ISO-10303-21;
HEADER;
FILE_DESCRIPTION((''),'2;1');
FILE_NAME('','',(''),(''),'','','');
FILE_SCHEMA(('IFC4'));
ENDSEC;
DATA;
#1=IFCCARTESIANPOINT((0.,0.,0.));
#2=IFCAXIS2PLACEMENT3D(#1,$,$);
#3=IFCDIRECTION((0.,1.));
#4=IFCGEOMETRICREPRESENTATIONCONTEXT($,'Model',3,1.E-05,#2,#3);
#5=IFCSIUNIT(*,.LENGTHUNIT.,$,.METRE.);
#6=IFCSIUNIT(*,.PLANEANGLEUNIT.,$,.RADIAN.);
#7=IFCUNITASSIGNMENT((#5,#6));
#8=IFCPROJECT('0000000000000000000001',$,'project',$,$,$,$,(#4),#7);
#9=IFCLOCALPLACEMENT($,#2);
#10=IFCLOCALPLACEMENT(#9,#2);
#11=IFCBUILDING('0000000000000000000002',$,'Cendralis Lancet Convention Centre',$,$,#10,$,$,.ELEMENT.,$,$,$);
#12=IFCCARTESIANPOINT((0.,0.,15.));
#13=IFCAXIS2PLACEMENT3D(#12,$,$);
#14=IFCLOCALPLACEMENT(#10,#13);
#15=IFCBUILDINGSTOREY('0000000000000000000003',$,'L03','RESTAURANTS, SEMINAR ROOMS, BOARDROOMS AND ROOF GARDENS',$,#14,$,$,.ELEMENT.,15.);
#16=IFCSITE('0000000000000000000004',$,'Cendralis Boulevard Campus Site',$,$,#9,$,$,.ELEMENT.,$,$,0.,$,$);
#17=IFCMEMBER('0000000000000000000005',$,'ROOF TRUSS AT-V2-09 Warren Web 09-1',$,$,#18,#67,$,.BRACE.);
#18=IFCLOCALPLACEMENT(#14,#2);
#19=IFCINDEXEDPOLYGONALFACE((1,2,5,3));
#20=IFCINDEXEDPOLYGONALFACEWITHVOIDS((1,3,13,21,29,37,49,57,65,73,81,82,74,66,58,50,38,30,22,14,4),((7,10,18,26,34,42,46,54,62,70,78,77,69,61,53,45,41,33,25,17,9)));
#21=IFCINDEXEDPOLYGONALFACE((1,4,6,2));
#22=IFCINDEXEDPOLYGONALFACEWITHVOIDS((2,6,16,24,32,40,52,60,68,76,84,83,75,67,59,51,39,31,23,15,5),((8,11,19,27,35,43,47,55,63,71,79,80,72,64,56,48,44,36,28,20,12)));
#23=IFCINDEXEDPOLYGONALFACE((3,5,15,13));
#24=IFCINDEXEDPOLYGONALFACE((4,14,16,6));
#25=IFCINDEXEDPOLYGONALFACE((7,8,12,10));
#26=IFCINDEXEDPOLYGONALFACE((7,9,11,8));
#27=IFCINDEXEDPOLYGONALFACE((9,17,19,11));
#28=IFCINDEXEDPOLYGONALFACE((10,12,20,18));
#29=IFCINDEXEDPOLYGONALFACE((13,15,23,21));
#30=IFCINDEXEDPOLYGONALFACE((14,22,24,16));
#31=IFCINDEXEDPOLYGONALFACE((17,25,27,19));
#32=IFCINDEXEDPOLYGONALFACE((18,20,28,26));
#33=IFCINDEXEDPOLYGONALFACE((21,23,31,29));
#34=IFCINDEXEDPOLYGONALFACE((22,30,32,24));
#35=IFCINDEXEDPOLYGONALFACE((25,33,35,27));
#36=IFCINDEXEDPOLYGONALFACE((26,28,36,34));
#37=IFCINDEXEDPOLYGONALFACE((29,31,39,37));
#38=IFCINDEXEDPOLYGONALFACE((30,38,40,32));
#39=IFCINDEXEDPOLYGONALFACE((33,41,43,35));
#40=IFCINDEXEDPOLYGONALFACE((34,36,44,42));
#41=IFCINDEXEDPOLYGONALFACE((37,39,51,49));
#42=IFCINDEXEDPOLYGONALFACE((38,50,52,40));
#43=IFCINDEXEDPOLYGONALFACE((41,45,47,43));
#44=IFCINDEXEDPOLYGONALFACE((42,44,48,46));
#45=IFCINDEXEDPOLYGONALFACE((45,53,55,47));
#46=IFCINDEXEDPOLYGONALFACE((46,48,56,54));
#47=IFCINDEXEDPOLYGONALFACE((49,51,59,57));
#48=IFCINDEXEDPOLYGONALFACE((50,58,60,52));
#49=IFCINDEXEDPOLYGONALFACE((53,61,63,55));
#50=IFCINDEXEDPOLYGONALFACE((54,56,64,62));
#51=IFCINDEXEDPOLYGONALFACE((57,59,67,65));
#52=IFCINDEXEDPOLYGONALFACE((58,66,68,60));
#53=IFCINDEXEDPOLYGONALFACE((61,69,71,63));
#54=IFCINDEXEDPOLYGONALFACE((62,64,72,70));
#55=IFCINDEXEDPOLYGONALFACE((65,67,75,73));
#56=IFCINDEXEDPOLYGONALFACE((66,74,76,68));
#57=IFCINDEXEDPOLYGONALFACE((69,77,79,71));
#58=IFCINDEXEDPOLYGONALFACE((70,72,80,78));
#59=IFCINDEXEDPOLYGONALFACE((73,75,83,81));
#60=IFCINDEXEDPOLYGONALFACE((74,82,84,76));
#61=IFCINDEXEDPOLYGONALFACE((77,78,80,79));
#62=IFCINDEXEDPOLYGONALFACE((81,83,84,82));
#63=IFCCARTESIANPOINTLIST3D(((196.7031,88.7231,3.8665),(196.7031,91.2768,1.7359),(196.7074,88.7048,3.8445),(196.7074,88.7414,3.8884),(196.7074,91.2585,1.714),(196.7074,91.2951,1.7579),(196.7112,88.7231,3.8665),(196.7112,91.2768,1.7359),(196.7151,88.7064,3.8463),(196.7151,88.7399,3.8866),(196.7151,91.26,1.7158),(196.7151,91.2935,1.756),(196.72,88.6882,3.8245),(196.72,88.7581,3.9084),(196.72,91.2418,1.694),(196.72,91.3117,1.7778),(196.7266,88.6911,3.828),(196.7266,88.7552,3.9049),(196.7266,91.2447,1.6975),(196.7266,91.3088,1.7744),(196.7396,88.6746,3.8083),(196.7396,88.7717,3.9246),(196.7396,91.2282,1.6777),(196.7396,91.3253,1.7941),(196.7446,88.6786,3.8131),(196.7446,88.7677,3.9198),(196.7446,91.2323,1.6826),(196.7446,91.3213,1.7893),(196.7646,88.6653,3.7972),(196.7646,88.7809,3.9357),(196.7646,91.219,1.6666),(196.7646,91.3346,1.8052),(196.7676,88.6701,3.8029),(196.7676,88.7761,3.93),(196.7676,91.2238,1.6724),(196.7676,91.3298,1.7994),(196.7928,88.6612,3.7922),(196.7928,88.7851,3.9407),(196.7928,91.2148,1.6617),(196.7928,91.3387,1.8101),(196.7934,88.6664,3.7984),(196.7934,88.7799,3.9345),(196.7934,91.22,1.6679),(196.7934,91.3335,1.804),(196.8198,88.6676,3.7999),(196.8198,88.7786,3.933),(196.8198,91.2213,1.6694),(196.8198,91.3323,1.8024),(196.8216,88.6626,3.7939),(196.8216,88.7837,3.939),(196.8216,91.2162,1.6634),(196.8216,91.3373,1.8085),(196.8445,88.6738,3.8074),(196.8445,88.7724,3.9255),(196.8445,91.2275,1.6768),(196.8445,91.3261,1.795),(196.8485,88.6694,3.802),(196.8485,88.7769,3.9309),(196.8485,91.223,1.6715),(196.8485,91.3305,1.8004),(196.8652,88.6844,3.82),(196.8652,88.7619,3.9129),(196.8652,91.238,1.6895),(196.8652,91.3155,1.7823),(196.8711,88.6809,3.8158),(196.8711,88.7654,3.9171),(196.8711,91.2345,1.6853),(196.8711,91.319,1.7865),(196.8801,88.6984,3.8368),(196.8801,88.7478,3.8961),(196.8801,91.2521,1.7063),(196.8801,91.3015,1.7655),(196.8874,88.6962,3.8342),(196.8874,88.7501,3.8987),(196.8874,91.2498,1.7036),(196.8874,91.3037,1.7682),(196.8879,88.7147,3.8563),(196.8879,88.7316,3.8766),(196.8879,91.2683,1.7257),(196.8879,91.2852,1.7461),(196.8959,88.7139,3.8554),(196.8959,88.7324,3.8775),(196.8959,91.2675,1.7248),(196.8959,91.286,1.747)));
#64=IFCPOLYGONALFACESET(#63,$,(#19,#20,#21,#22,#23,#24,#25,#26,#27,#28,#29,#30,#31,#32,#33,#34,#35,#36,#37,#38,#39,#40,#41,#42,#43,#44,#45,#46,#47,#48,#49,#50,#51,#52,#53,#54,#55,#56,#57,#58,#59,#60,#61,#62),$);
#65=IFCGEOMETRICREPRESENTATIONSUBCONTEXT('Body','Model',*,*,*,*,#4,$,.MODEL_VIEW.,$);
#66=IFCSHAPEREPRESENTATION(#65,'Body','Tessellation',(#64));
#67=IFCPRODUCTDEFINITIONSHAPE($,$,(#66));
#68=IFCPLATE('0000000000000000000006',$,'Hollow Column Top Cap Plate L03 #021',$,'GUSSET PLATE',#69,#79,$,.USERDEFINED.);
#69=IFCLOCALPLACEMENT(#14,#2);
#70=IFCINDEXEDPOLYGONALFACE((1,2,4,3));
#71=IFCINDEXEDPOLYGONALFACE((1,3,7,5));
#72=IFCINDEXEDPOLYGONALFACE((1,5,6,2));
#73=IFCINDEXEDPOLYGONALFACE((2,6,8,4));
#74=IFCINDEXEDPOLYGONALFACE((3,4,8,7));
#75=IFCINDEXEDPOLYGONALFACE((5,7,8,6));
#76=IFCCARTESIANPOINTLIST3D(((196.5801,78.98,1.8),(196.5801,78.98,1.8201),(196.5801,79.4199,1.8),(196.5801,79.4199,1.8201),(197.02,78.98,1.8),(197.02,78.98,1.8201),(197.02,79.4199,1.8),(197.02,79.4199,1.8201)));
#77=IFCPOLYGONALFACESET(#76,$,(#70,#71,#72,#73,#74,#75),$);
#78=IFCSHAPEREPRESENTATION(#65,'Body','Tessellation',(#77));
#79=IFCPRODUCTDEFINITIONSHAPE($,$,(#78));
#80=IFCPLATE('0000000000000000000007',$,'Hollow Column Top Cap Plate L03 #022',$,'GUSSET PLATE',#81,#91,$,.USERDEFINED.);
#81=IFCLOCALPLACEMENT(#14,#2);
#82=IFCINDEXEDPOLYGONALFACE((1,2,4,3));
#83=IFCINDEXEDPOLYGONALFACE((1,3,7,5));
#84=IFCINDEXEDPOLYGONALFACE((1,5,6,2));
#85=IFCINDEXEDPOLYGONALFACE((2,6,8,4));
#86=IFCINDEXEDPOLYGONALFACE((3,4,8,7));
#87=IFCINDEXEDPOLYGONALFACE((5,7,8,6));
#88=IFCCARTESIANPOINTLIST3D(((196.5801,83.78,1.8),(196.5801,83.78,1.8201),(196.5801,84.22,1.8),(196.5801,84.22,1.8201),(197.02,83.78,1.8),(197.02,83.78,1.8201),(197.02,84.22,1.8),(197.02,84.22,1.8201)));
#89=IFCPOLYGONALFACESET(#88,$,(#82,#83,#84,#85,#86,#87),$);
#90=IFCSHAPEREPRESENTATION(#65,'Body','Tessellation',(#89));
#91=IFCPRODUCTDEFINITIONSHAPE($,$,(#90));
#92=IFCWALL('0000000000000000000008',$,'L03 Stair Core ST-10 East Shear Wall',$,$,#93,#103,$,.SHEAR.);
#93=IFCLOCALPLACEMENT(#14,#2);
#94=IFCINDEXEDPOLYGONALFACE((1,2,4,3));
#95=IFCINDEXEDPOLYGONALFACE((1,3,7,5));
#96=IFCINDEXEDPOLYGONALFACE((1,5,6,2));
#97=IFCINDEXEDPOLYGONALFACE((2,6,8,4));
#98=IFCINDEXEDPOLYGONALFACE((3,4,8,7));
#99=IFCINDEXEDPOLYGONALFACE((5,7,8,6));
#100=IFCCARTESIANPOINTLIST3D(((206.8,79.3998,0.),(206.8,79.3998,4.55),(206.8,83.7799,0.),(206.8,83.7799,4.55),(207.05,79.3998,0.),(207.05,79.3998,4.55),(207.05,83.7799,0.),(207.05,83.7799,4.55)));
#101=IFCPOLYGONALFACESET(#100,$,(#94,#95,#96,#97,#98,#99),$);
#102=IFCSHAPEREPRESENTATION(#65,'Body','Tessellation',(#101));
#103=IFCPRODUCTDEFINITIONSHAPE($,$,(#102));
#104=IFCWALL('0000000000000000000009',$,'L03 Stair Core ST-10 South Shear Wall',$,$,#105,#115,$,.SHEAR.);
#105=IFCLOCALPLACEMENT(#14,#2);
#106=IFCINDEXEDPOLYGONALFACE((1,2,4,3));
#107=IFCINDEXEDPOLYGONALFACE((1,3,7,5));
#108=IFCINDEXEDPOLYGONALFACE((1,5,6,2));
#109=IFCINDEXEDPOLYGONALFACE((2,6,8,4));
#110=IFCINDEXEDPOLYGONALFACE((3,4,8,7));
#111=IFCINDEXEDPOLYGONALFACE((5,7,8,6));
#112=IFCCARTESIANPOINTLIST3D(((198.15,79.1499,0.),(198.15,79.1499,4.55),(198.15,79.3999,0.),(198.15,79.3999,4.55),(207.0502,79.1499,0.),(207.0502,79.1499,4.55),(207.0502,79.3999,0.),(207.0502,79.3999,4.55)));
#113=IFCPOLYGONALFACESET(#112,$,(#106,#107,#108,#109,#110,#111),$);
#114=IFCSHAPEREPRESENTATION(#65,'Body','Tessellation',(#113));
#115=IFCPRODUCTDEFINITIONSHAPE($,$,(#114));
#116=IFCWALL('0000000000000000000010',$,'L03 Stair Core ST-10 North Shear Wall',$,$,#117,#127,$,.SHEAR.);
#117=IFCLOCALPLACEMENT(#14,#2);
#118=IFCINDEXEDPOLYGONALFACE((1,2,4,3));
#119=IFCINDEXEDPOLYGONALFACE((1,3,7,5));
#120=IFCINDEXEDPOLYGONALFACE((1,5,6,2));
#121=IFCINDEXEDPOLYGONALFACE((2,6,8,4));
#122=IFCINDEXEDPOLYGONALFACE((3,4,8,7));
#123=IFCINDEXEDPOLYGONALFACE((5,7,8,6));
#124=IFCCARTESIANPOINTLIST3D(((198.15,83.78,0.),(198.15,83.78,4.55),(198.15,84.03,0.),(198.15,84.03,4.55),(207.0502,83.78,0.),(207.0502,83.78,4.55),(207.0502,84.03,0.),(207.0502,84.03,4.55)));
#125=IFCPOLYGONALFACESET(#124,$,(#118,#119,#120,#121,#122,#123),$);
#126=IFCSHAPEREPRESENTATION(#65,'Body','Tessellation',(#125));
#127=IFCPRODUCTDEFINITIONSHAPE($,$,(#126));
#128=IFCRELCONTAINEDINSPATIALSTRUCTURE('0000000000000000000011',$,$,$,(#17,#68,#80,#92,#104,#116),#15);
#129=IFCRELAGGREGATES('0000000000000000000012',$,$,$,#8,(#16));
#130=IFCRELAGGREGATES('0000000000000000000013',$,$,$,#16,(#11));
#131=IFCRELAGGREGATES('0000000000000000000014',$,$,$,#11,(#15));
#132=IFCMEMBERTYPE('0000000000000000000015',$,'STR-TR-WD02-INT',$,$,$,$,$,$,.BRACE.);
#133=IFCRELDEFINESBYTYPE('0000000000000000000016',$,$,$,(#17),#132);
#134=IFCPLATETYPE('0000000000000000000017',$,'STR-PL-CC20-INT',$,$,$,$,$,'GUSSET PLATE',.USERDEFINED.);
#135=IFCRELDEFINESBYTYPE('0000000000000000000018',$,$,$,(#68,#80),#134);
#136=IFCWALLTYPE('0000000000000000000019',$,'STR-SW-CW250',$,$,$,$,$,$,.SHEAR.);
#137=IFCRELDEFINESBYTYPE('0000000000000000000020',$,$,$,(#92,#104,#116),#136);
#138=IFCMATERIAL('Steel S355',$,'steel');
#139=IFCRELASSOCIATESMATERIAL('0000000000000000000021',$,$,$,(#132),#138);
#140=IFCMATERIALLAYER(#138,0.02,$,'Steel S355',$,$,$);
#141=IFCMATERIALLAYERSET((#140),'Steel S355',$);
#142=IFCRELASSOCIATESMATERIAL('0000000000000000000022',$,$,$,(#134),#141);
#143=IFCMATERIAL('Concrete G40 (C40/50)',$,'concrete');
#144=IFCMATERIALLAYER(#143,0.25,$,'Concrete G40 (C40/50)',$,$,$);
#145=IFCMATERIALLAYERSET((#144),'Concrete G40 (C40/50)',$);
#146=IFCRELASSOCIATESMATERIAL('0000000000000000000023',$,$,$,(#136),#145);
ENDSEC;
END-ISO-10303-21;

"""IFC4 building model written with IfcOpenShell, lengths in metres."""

from ifc_helpers import new_model, si_unit, direction, frame, frame_2d, origin, origin_2d, place, context, subcontext, project, spatial, rectangle, hollow_circle, extrude, material, layer, layer_set, material_profile, profile_set, type_object, element, save


model = new_model("IFC4")

# Units and contexts
model_context = context("Model", 3, precision=1e-05, world=origin(), true_north=direction((0.0, 1.0)))
body_context = subcontext(model_context, "Body", "Model", "MODEL_VIEW")
ifc_project = project(units=[si_unit("LENGTHUNIT", "METRE"), si_unit("PLANEANGLEUNIT", "RADIAN")], contexts=[model_context])

# Site, building, storey
site_placement = place(None, origin())
site = spatial("IfcSite", under=ifc_project, at=site_placement, Name="Cendralis Boulevard Campus Site", CompositionType="ELEMENT", RefElevation=0.0)
building_placement = place(site_placement, origin())
building = spatial("IfcBuilding", under=site, at=building_placement, Name="Cendralis Lancet Convention Centre", CompositionType="ELEMENT")
storey_placement = place(building_placement, frame((0.0, 0.0, 15.0)))
storey = spatial("IfcBuildingStorey", under=building, at=storey_placement, Name="L03", Description="RESTAURANTS, SEMINAR ROOMS, BOARDROOMS AND ROOF GARDENS", CompositionType="ELEMENT", Elevation=15.0)

# Shared definitions
ifc_material_1 = material(Name="Steel S355", Category="steel")

# Shared definitions
ifc_material_2 = material(Name="Concrete G40 (C40/50)", Category="concrete")

# Member
ifc_material_profile_1 = material_profile(ifc_material_1, hollow_circle(Radius=0.0969, WallThickness=0.0081, at=origin_2d()), Name="CHS 193.7x8.0")
ifc_profile_set_1 = profile_set([ifc_material_profile_1], Name="Steel S355")
member_type_1 = type_object("IfcMemberType", Name="STR-TR-WD02-INT", PredefinedType="BRACE", material=ifc_profile_set_1)
member_1_placement = place(storey_placement, frame((196.8, 88.7231, 3.8665), z_axis=(0.0, 0.767848, -0.640632), x_axis=(-1.0, 0.0, 0.0)))
element("IfcMember", 1, at=member_1_placement, inside=storey, type_object=member_type_1, Name="ROOF TRUSS AT-V2-09 Warren Web 09-1", PredefinedType="BRACE", context=body_context, shape_type="SweptSolid", body=[
    extrude(hollow_circle(Radius=0.0969, WallThickness=0.0081, at=origin_2d()), origin(), (0.0, 0.0, 1.0), 3.3257),
])

# Plates
ifc_layer_1 = layer(ifc_material_1, 0.02, Name="Steel S355")
ifc_layer_set_1 = layer_set([ifc_layer_1], Name="Steel S355")
plate_type = type_object("IfcPlateType", Name="STR-PL-CC20-INT", ElementType="GUSSET PLATE", PredefinedType="USERDEFINED", material=ifc_layer_set_1)
for number, where, z_axis, x_axis, name in (
    (2, (196.8, 79.2, 1.8), (0.0, 0.0, 1.0), (1.0, 0.0, 0.0), "Hollow Column Top Cap Plate L03 #021"),
    (3, (196.8, 84.0, 1.8), (0.0, 0.0, 1.0), (1.0, 0.0, 0.0), "Hollow Column Top Cap Plate L03 #022"),
):
    element("IfcPlate", number, at=place(storey_placement, frame(where, z_axis=z_axis, x_axis=x_axis)), inside=storey, type_object=plate_type, Name=name, ObjectType="GUSSET PLATE", PredefinedType="USERDEFINED", context=body_context, shape_type="SweptSolid", body=[
        extrude(rectangle(XDim=0.4399, YDim=0.4399, at=origin_2d()), origin(), (0.0, 0.0, 1.0), 0.02),
    ])

# Shared definitions
ifc_layer_2 = layer(ifc_material_2, 0.25, Name="Concrete G40 (C40/50)")
ifc_layer_set_2 = layer_set([ifc_layer_2], Name="Concrete G40 (C40/50)")
wall_type = type_object("IfcWallType", Name="STR-SW-CW250", PredefinedType="SHEAR", material=ifc_layer_set_2)

# Walls
wall_1_placement = place(storey_placement, frame((206.925, 79.3999, 0.0), z_axis=(0.0, 0.0, 1.0), x_axis=(0.0, 1.0, 0.0)))
element("IfcWall", 4, at=wall_1_placement, inside=storey, type_object=wall_type, Name="L03 Stair Core ST-10 East Shear Wall", PredefinedType="SHEAR", context=body_context, shape_type="SweptSolid", body=[
    extrude(rectangle(XDim=4.3801, YDim=0.25, at=frame_2d((2.1899, 0.0))), origin(), (0.0, 0.0, 1.0), 4.55),
])
for number, where, z_axis, x_axis, name in (
    (5, (198.1499, 79.2749, 0.0), (0.0, 0.0, 1.0), (1.0, 0.0, 0.0), "L03 Stair Core ST-10 South Shear Wall"),
    (6, (198.1499, 83.905, 0.0), (0.0, 0.0, 1.0), (1.0, 0.0, 0.0), "L03 Stair Core ST-10 North Shear Wall"),
):
    element("IfcWall", number, at=place(storey_placement, frame(where, z_axis=z_axis, x_axis=x_axis)), inside=storey, type_object=wall_type, Name=name, PredefinedType="SHEAR", context=body_context, shape_type="SweptSolid", body=[
        extrude(rectangle(XDim=8.9001, YDim=0.25, at=frame_2d((4.4502, 0.0))), origin(), (0.0, 0.0, 1.0), 4.55),
    ])

save(model, "model.ifc")
